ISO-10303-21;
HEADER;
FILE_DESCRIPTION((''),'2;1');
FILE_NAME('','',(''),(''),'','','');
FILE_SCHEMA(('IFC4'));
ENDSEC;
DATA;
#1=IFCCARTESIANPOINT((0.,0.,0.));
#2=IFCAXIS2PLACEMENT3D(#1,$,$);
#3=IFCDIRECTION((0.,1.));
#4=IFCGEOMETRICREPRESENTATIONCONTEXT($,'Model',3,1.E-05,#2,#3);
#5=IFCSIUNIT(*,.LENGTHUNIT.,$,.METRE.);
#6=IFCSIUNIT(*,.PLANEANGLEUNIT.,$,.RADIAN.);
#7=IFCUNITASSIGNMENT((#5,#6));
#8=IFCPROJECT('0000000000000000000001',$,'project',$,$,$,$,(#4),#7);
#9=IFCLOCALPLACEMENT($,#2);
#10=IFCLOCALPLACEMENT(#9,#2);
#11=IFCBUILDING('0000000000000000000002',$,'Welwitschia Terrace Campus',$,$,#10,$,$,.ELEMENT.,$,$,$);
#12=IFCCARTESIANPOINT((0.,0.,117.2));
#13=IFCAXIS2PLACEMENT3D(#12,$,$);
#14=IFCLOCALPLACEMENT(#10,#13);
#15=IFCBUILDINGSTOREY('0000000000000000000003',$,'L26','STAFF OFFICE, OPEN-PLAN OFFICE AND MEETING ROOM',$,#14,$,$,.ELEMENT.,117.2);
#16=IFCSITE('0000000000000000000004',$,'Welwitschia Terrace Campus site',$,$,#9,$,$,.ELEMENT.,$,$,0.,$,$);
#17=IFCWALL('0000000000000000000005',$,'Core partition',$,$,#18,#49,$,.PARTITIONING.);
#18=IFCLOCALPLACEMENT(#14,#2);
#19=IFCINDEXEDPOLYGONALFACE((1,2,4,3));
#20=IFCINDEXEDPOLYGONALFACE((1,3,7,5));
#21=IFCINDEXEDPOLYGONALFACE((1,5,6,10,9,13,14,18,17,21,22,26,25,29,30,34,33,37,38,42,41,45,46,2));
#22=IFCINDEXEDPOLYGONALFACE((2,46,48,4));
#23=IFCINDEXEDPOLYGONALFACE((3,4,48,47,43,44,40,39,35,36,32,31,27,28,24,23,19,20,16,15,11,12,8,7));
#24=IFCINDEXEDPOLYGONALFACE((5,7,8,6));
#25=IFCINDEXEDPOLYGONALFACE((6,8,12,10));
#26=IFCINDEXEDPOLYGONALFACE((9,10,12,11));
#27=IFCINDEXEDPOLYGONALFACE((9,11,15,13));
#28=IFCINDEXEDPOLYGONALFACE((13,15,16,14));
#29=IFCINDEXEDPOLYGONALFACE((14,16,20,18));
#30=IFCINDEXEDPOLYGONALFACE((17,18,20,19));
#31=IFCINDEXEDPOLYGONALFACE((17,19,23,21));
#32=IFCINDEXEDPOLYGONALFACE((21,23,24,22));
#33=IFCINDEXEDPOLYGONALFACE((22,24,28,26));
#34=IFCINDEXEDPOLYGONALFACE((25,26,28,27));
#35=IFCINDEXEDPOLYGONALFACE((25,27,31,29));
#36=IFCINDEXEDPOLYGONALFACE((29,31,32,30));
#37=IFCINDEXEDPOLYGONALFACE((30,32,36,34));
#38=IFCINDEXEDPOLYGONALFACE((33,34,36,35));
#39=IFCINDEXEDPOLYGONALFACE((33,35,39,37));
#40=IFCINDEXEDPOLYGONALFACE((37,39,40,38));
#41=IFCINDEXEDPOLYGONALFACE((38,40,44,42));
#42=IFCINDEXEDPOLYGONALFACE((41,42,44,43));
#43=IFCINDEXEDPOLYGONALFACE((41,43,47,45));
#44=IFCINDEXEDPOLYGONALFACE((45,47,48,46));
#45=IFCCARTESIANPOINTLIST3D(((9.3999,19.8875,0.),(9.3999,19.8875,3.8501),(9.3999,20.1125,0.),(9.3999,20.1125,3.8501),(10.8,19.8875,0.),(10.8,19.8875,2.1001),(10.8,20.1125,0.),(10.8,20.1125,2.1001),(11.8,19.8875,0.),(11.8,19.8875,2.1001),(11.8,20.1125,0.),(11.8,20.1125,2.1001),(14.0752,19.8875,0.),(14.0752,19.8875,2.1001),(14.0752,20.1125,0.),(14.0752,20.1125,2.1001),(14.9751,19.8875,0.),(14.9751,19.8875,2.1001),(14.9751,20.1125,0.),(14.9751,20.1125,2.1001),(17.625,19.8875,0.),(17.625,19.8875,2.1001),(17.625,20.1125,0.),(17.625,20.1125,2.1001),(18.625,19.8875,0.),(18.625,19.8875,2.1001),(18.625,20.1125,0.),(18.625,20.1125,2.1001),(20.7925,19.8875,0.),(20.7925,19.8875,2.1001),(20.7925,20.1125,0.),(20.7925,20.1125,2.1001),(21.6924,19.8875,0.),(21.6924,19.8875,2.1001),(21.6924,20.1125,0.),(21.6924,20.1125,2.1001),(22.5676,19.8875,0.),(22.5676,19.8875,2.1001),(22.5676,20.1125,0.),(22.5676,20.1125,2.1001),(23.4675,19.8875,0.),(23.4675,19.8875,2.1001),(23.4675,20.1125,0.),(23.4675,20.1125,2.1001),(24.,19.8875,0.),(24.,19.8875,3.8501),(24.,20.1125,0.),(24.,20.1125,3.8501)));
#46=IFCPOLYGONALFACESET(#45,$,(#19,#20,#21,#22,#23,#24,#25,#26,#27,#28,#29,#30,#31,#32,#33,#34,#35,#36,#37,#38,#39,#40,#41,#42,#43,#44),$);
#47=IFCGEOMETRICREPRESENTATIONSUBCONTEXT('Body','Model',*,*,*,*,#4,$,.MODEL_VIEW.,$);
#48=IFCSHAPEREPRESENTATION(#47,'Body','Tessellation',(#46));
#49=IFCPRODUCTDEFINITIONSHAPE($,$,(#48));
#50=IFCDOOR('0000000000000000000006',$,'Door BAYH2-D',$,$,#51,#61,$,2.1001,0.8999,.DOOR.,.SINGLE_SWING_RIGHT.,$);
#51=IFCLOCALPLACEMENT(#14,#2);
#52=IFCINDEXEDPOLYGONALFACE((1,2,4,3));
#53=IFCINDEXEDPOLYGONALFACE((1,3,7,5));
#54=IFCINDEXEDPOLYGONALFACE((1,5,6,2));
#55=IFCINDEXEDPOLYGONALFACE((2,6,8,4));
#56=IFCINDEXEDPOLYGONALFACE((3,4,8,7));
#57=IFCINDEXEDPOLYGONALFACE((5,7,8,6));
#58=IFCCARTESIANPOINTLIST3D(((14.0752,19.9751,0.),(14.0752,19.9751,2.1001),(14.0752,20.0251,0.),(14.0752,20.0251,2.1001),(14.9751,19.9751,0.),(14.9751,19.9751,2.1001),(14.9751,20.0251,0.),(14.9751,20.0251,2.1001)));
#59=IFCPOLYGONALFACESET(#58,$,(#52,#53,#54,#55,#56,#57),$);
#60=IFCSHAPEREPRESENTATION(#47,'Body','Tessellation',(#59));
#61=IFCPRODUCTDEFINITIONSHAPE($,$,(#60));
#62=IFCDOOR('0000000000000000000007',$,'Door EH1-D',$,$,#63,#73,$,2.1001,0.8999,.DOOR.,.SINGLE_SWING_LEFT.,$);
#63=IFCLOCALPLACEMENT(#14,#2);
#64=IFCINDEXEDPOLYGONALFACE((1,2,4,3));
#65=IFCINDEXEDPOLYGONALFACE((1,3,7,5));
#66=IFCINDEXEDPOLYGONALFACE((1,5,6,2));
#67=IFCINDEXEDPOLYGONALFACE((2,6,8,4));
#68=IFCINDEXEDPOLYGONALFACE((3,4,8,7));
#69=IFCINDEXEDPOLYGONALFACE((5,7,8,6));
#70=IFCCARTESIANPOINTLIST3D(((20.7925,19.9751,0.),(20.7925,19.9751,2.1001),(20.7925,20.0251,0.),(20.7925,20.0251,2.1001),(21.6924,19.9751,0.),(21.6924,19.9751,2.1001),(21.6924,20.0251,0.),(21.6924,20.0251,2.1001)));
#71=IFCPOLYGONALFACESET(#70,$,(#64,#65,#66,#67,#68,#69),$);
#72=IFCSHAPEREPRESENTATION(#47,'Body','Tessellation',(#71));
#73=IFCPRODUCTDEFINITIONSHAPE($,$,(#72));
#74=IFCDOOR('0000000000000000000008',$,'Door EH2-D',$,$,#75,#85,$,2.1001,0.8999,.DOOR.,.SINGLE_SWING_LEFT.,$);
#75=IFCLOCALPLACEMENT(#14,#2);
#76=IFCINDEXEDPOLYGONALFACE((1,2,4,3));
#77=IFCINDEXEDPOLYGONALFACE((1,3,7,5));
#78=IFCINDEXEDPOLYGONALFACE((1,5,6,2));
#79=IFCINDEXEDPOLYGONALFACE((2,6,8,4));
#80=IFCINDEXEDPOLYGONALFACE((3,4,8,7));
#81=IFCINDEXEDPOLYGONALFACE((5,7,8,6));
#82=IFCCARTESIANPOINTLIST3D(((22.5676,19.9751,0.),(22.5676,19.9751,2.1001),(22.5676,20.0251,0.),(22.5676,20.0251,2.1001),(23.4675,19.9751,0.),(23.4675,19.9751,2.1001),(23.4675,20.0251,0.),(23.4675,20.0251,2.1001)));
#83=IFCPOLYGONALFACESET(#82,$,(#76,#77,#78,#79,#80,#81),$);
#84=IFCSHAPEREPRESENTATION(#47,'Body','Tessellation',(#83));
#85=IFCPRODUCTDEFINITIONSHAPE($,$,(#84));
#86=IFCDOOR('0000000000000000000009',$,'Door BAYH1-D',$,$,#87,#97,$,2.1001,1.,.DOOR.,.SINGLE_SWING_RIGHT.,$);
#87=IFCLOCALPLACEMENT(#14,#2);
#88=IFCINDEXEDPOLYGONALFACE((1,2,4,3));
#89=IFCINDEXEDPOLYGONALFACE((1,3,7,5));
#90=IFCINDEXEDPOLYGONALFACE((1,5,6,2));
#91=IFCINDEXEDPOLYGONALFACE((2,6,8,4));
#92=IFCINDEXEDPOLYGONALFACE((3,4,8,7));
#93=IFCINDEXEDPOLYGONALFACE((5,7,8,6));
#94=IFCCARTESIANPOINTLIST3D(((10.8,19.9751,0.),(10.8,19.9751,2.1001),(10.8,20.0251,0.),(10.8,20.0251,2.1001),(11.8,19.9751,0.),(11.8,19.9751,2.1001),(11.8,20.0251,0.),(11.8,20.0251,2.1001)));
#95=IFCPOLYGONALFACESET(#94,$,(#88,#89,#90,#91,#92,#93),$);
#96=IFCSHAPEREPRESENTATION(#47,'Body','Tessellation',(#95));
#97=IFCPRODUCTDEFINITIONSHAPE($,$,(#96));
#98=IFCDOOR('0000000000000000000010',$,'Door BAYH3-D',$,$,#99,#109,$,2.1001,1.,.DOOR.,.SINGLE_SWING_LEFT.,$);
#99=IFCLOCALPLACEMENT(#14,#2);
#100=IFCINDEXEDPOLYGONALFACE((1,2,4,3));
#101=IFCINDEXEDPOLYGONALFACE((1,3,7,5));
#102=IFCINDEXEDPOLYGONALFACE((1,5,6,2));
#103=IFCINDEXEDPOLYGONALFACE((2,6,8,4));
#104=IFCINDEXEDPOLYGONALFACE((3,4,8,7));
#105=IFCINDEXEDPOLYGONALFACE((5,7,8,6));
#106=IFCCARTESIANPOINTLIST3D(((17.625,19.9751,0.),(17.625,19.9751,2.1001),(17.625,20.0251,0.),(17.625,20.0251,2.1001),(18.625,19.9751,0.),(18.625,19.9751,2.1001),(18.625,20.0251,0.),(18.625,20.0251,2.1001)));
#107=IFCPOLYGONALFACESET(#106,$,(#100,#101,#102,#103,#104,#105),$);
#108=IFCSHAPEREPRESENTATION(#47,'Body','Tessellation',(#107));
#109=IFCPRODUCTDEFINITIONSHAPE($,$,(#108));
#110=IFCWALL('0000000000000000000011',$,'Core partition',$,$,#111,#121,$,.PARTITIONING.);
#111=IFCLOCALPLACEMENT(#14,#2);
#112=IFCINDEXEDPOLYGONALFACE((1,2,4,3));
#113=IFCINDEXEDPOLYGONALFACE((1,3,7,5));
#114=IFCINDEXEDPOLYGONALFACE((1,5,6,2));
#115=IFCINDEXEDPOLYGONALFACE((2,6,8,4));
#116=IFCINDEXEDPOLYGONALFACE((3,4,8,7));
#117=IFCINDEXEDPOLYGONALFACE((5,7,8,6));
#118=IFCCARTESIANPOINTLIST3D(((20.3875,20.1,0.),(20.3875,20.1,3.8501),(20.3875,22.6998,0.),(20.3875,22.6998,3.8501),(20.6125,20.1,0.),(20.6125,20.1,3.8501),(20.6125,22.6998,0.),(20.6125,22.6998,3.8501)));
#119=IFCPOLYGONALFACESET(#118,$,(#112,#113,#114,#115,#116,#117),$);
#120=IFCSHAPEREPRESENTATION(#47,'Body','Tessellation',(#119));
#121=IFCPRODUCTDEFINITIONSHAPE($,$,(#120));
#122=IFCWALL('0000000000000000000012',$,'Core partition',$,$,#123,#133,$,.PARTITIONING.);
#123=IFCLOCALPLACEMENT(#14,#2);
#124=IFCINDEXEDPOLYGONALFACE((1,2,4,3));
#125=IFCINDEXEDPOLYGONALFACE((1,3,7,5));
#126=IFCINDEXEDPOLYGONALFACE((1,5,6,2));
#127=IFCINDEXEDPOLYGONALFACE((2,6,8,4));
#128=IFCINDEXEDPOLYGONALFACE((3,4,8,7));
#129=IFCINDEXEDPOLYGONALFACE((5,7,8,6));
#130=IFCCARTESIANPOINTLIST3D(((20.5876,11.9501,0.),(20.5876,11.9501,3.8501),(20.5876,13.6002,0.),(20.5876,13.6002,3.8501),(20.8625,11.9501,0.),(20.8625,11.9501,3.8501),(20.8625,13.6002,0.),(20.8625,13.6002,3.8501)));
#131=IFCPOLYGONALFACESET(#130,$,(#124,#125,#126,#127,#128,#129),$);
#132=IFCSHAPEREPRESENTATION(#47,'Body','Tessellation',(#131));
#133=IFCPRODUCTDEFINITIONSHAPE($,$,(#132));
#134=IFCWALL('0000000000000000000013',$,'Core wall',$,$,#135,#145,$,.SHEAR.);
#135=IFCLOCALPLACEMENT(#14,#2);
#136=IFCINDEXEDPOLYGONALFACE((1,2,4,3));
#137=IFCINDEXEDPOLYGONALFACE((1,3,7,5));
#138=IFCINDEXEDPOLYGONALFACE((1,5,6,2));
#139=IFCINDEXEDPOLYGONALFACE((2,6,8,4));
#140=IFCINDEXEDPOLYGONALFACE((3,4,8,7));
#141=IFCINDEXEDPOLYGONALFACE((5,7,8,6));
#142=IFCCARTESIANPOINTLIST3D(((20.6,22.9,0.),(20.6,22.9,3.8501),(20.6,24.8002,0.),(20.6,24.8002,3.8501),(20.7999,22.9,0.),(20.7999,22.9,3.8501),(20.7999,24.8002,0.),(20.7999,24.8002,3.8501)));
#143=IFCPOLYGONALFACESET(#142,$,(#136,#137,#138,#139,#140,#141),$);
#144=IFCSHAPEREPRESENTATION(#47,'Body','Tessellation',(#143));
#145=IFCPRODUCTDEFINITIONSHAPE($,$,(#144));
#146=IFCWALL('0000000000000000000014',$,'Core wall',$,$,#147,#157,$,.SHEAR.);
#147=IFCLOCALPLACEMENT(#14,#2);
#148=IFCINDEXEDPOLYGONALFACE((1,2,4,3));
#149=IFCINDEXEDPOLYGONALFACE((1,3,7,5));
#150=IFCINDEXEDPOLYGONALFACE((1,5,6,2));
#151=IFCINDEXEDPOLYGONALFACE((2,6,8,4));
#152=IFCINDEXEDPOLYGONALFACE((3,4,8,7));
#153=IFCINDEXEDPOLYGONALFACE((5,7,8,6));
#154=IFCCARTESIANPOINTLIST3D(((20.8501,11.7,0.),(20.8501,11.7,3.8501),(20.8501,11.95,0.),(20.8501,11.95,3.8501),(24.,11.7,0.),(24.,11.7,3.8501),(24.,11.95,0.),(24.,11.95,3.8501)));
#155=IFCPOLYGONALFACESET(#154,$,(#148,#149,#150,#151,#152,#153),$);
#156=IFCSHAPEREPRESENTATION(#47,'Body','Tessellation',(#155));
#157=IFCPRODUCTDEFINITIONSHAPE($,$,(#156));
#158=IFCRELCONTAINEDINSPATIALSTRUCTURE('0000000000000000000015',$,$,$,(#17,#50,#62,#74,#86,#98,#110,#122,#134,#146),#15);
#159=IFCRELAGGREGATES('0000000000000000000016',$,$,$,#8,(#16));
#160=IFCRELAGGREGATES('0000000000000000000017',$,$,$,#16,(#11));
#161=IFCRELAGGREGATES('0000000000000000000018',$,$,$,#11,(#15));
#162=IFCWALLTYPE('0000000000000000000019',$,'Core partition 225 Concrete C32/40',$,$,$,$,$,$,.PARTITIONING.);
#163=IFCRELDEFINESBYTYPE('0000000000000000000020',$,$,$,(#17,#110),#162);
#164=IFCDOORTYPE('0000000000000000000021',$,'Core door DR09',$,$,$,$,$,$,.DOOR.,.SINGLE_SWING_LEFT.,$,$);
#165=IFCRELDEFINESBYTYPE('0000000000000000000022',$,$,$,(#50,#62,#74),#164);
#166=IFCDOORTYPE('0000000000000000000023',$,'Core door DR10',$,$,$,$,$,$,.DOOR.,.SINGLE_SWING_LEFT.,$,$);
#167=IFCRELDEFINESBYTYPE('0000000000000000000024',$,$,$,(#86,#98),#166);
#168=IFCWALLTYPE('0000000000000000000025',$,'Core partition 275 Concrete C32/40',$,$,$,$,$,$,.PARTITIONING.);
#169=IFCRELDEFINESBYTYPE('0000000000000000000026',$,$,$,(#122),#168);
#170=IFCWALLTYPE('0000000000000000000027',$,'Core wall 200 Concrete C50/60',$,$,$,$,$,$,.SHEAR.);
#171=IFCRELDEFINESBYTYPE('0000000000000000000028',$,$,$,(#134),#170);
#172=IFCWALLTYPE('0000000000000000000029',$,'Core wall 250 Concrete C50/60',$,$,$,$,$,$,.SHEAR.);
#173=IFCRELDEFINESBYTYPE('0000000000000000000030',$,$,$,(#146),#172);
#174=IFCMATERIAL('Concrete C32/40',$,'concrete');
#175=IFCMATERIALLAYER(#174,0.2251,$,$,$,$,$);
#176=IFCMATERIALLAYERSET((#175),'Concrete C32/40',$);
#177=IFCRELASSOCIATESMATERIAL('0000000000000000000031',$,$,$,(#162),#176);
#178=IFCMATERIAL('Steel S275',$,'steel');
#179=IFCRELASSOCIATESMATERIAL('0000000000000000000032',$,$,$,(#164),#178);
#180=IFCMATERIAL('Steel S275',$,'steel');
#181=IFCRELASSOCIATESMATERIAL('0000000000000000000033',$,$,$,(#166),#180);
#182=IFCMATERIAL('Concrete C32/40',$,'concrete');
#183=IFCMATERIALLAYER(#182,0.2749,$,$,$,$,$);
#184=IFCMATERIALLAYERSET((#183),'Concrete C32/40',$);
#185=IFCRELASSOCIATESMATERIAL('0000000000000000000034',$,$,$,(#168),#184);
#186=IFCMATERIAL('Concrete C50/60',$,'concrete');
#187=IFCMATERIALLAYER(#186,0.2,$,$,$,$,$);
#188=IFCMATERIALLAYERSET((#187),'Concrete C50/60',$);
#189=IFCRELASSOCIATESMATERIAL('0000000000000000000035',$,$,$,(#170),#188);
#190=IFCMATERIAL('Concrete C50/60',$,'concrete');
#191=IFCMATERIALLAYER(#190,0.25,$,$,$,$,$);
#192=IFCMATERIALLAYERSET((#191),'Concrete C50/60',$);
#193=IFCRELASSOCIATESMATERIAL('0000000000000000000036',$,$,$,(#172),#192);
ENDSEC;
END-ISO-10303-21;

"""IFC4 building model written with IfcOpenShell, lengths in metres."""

from ifc_helpers import new_model, si_unit, direction, frame, frame_2d, origin, place, context, subcontext, project, spatial, rectangle, extrude, material, layer, layer_set, type_object, element, fill, save


model = new_model("IFC4")

# Units and contexts
model_context = context("Model", 3, precision=1e-05, world=origin(), true_north=direction((0.0, 1.0)))
body_context = subcontext(model_context, "Body", "Model", "MODEL_VIEW")
ifc_project = project(units=[si_unit("LENGTHUNIT", "METRE"), si_unit("PLANEANGLEUNIT", "RADIAN")], contexts=[model_context])

# Site, building, storey
site_placement = place(None, origin())
site = spatial("IfcSite", under=ifc_project, at=site_placement, Name="Welwitschia Terrace Campus site", CompositionType="ELEMENT", RefElevation=0.0)
building_placement = place(site_placement, origin())
building = spatial("IfcBuilding", under=site, at=building_placement, Name="Welwitschia Terrace Campus", CompositionType="ELEMENT")
storey_placement = place(building_placement, frame((0.0, 0.0, 117.2)))
storey = spatial("IfcBuildingStorey", under=building, at=storey_placement, Name="L26", Description="STAFF OFFICE, OPEN-PLAN OFFICE AND MEETING ROOM", CompositionType="ELEMENT", Elevation=117.2)

# Wall, openings, doors
ifc_material_1 = material(Name="Concrete C32/40", Category="concrete")
ifc_layer_1 = layer(ifc_material_1, 0.2251)
ifc_layer_set_1 = layer_set([ifc_layer_1], Name="Concrete C32/40")
wall_type_1 = type_object("IfcWallType", Name="Core partition 225 Concrete C32/40", PredefinedType="PARTITIONING", material=ifc_layer_set_1)
wall_1_placement = place(storey_placement, frame((24.0, 20.0, 0.0), z_axis=(0.0, 0.0, 1.0), x_axis=(-1.0, 0.0, 0.0)))
wall_1 = element("IfcWall", 1, at=wall_1_placement, inside=storey, type_object=wall_type_1, Name="Core partition", PredefinedType="PARTITIONING", context=body_context, shape_type="SweptSolid", body=[
    extrude(rectangle(XDim=14.6001, YDim=0.2251, at=frame_2d((7.3, 0.0))), origin(), (0.0, 0.0, 1.0), 3.8501),
])
opening_1_placement = place(wall_1_placement, frame((12.2, 0.0, 0.0)))
opening_1 = element("IfcOpeningElement", 2, at=opening_1_placement, cuts=wall_1, PredefinedType="OPENING", context=body_context, shape_type="SweptSolid", body=[
    extrude(rectangle(XDim=1.0, YDim=2.1001, at=frame_2d((0.5, 1.05))), frame((0.0, 0.1226, 0.0), z_axis=(0.0, -1.0, 0.0), x_axis=(1.0, 0.0, 0.0)), (0.0, 0.0, 1.0), 0.2451),
])
opening_2_placement = place(wall_1_placement, frame((9.0249, 0.0, 0.0)))
opening_2 = element("IfcOpeningElement", 3, at=opening_2_placement, cuts=wall_1, PredefinedType="OPENING", context=body_context, shape_type="SweptSolid", body=[
    extrude(rectangle(XDim=0.8999, YDim=2.1001, at=frame_2d((0.45, 1.05))), frame((0.0, 0.1226, 0.0), z_axis=(0.0, -1.0, 0.0), x_axis=(1.0, 0.0, 0.0)), (0.0, 0.0, 1.0), 0.2451),
])
opening_3_placement = place(wall_1_placement, frame((5.375, 0.0, 0.0)))
opening_3 = element("IfcOpeningElement", 4, at=opening_3_placement, cuts=wall_1, PredefinedType="OPENING", context=body_context, shape_type="SweptSolid", body=[
    extrude(rectangle(XDim=1.0, YDim=2.1001, at=frame_2d((0.5, 1.05))), frame((0.0, 0.1226, 0.0), z_axis=(0.0, -1.0, 0.0), x_axis=(1.0, 0.0, 0.0)), (0.0, 0.0, 1.0), 0.2451),
])
opening_4_placement = place(wall_1_placement, frame((2.3076, 0.0, 0.0)))
opening_4 = element("IfcOpeningElement", 5, at=opening_4_placement, cuts=wall_1, PredefinedType="OPENING", context=body_context, shape_type="SweptSolid", body=[
    extrude(rectangle(XDim=0.8999, YDim=2.1001, at=frame_2d((0.45, 1.05))), frame((0.0, 0.1226, 0.0), z_axis=(0.0, -1.0, 0.0), x_axis=(1.0, 0.0, 0.0)), (0.0, 0.0, 1.0), 0.2451),
])
opening_5_placement = place(wall_1_placement, frame((0.5325, 0.0, 0.0)))
opening_5 = element("IfcOpeningElement", 6, at=opening_5_placement, cuts=wall_1, PredefinedType="OPENING", context=body_context, shape_type="SweptSolid", body=[
    extrude(rectangle(XDim=0.8999, YDim=2.1001, at=frame_2d((0.45, 1.05))), frame((0.0, 0.1226, 0.0), z_axis=(0.0, -1.0, 0.0), x_axis=(1.0, 0.0, 0.0)), (0.0, 0.0, 1.0), 0.2451),
])
ifc_material_2 = material(Name="Steel S275", Category="steel")
door_type_1 = type_object("IfcDoorType", Name="Core door DR09", OperationType="SINGLE_SWING_LEFT", PredefinedType="DOOR", material=ifc_material_2)
door_1_placement = place(opening_2_placement, origin())
door_1 = element("IfcDoor", 7, at=door_1_placement, inside=storey, type_object=door_type_1, Name="Door BAYH2-D", OperationType="SINGLE_SWING_RIGHT", OverallHeight=2.1001, OverallWidth=0.8999, PredefinedType="DOOR", context=body_context, shape_type="SweptSolid", body=[
    extrude(rectangle(XDim=0.8999, YDim=2.1001, at=frame_2d((0.45, 1.05))), frame((0.0, 0.0249, 0.0), z_axis=(0.0, -1.0, 0.0), x_axis=(1.0, 0.0, 0.0)), (0.0, 0.0, 1.0), 0.05),
])
fill(opening_2, door_1)
door_2_placement = place(opening_4_placement, origin())
door_2 = element("IfcDoor", 8, at=door_2_placement, inside=storey, type_object=door_type_1, Name="Door EH1-D", OperationType="SINGLE_SWING_LEFT", OverallHeight=2.1001, OverallWidth=0.8999, PredefinedType="DOOR", context=body_context, shape_type="SweptSolid", body=[
    extrude(rectangle(XDim=0.8999, YDim=2.1001, at=frame_2d((0.45, 1.05))), frame((0.0, 0.0249, 0.0), z_axis=(0.0, -1.0, 0.0), x_axis=(1.0, 0.0, 0.0)), (0.0, 0.0, 1.0), 0.05),
])
fill(opening_4, door_2)
door_3_placement = place(opening_5_placement, origin())
door_3 = element("IfcDoor", 9, at=door_3_placement, inside=storey, type_object=door_type_1, Name="Door EH2-D", OperationType="SINGLE_SWING_LEFT", OverallHeight=2.1001, OverallWidth=0.8999, PredefinedType="DOOR", context=body_context, shape_type="SweptSolid", body=[
    extrude(rectangle(XDim=0.8999, YDim=2.1001, at=frame_2d((0.45, 1.05))), frame((0.0, 0.0249, 0.0), z_axis=(0.0, -1.0, 0.0), x_axis=(1.0, 0.0, 0.0)), (0.0, 0.0, 1.0), 0.05),
])
fill(opening_5, door_3)
ifc_material_3 = material(Name="Steel S275", Category="steel")
door_type_2 = type_object("IfcDoorType", Name="Core door DR10", OperationType="SINGLE_SWING_LEFT", PredefinedType="DOOR", material=ifc_material_3)
door_4_placement = place(opening_1_placement, origin())
door_4 = element("IfcDoor", 10, at=door_4_placement, inside=storey, type_object=door_type_2, Name="Door BAYH1-D", OperationType="SINGLE_SWING_RIGHT", OverallHeight=2.1001, OverallWidth=1.0, PredefinedType="DOOR", context=body_context, shape_type="SweptSolid", body=[
    extrude(rectangle(XDim=1.0, YDim=2.1001, at=frame_2d((0.5, 1.05))), frame((0.0, 0.0249, 0.0), z_axis=(0.0, -1.0, 0.0), x_axis=(1.0, 0.0, 0.0)), (0.0, 0.0, 1.0), 0.05),
])
fill(opening_1, door_4)
door_5_placement = place(opening_3_placement, origin())
door_5 = element("IfcDoor", 11, at=door_5_placement, inside=storey, type_object=door_type_2, Name="Door BAYH3-D", OperationType="SINGLE_SWING_LEFT", OverallHeight=2.1001, OverallWidth=1.0, PredefinedType="DOOR", context=body_context, shape_type="SweptSolid", body=[
    extrude(rectangle(XDim=1.0, YDim=2.1001, at=frame_2d((0.5, 1.05))), frame((0.0, 0.0249, 0.0), z_axis=(0.0, -1.0, 0.0), x_axis=(1.0, 0.0, 0.0)), (0.0, 0.0, 1.0), 0.05),
])
fill(opening_3, door_5)

# Walls
wall_2_placement = place(storey_placement, frame((20.5, 20.1001, 0.0), z_axis=(0.0, 0.0, 1.0), x_axis=(0.0, 1.0, 0.0)))
element("IfcWall", 12, at=wall_2_placement, inside=storey, type_object=wall_type_1, Name="Core partition", PredefinedType="PARTITIONING", context=body_context, shape_type="SweptSolid", body=[
    extrude(rectangle(XDim=2.5999, YDim=0.2251, at=frame_2d((1.2998, 0.0))), origin(), (0.0, 0.0, 1.0), 3.8501),
])
ifc_material_4 = material(Name="Concrete C32/40", Category="concrete")
ifc_layer_2 = layer(ifc_material_4, 0.2749)
ifc_layer_set_2 = layer_set([ifc_layer_2], Name="Concrete C32/40")
wall_type_2 = type_object("IfcWallType", Name="Core partition 275 Concrete C32/40", PredefinedType="PARTITIONING", material=ifc_layer_set_2)
wall_3_placement = place(storey_placement, frame((20.7251, 11.95, 0.0), z_axis=(0.0, 0.0, 1.0), x_axis=(0.0, 1.0, 0.0)))
element("IfcWall", 13, at=wall_3_placement, inside=storey, type_object=wall_type_2, Name="Core partition", PredefinedType="PARTITIONING", context=body_context, shape_type="SweptSolid", body=[
    extrude(rectangle(XDim=1.6501, YDim=0.2749, at=frame_2d((0.8252, 0.0))), origin(), (0.0, 0.0, 1.0), 3.8501),
])
ifc_material_5 = material(Name="Concrete C50/60", Category="concrete")
ifc_layer_3 = layer(ifc_material_5, 0.2)
ifc_layer_set_3 = layer_set([ifc_layer_3], Name="Concrete C50/60")
wall_type_3 = type_object("IfcWallType", Name="Core wall 200 Concrete C50/60", PredefinedType="SHEAR", material=ifc_layer_set_3)
wall_4_placement = place(storey_placement, frame((20.7, 22.8999, 0.0), z_axis=(0.0, 0.0, 1.0), x_axis=(0.0, 1.0, 0.0)))
element("IfcWall", 14, at=wall_4_placement, inside=storey, type_object=wall_type_3, Name="Core wall", PredefinedType="SHEAR", context=body_context, shape_type="SweptSolid", body=[
    extrude(rectangle(XDim=1.9001, YDim=0.2, at=frame_2d((0.9502, 0.0))), origin(), (0.0, 0.0, 1.0), 3.8501),
])
ifc_material_6 = material(Name="Concrete C50/60", Category="concrete")
ifc_layer_4 = layer(ifc_material_6, 0.25)
ifc_layer_set_4 = layer_set([ifc_layer_4], Name="Concrete C50/60")
wall_type_4 = type_object("IfcWallType", Name="Core wall 250 Concrete C50/60", PredefinedType="SHEAR", material=ifc_layer_set_4)
wall_5_placement = place(storey_placement, frame((20.8501, 11.825, 0.0), z_axis=(0.0, 0.0, 1.0), x_axis=(1.0, 0.0, 0.0)))
element("IfcWall", 15, at=wall_5_placement, inside=storey, type_object=wall_type_4, Name="Core wall", PredefinedType="SHEAR", context=body_context, shape_type="SweptSolid", body=[
    extrude(rectangle(XDim=3.1499, YDim=0.25, at=frame_2d((1.575, 0.0))), origin(), (0.0, 0.0, 1.0), 3.8501),
])

save(model, "model.ifc")
